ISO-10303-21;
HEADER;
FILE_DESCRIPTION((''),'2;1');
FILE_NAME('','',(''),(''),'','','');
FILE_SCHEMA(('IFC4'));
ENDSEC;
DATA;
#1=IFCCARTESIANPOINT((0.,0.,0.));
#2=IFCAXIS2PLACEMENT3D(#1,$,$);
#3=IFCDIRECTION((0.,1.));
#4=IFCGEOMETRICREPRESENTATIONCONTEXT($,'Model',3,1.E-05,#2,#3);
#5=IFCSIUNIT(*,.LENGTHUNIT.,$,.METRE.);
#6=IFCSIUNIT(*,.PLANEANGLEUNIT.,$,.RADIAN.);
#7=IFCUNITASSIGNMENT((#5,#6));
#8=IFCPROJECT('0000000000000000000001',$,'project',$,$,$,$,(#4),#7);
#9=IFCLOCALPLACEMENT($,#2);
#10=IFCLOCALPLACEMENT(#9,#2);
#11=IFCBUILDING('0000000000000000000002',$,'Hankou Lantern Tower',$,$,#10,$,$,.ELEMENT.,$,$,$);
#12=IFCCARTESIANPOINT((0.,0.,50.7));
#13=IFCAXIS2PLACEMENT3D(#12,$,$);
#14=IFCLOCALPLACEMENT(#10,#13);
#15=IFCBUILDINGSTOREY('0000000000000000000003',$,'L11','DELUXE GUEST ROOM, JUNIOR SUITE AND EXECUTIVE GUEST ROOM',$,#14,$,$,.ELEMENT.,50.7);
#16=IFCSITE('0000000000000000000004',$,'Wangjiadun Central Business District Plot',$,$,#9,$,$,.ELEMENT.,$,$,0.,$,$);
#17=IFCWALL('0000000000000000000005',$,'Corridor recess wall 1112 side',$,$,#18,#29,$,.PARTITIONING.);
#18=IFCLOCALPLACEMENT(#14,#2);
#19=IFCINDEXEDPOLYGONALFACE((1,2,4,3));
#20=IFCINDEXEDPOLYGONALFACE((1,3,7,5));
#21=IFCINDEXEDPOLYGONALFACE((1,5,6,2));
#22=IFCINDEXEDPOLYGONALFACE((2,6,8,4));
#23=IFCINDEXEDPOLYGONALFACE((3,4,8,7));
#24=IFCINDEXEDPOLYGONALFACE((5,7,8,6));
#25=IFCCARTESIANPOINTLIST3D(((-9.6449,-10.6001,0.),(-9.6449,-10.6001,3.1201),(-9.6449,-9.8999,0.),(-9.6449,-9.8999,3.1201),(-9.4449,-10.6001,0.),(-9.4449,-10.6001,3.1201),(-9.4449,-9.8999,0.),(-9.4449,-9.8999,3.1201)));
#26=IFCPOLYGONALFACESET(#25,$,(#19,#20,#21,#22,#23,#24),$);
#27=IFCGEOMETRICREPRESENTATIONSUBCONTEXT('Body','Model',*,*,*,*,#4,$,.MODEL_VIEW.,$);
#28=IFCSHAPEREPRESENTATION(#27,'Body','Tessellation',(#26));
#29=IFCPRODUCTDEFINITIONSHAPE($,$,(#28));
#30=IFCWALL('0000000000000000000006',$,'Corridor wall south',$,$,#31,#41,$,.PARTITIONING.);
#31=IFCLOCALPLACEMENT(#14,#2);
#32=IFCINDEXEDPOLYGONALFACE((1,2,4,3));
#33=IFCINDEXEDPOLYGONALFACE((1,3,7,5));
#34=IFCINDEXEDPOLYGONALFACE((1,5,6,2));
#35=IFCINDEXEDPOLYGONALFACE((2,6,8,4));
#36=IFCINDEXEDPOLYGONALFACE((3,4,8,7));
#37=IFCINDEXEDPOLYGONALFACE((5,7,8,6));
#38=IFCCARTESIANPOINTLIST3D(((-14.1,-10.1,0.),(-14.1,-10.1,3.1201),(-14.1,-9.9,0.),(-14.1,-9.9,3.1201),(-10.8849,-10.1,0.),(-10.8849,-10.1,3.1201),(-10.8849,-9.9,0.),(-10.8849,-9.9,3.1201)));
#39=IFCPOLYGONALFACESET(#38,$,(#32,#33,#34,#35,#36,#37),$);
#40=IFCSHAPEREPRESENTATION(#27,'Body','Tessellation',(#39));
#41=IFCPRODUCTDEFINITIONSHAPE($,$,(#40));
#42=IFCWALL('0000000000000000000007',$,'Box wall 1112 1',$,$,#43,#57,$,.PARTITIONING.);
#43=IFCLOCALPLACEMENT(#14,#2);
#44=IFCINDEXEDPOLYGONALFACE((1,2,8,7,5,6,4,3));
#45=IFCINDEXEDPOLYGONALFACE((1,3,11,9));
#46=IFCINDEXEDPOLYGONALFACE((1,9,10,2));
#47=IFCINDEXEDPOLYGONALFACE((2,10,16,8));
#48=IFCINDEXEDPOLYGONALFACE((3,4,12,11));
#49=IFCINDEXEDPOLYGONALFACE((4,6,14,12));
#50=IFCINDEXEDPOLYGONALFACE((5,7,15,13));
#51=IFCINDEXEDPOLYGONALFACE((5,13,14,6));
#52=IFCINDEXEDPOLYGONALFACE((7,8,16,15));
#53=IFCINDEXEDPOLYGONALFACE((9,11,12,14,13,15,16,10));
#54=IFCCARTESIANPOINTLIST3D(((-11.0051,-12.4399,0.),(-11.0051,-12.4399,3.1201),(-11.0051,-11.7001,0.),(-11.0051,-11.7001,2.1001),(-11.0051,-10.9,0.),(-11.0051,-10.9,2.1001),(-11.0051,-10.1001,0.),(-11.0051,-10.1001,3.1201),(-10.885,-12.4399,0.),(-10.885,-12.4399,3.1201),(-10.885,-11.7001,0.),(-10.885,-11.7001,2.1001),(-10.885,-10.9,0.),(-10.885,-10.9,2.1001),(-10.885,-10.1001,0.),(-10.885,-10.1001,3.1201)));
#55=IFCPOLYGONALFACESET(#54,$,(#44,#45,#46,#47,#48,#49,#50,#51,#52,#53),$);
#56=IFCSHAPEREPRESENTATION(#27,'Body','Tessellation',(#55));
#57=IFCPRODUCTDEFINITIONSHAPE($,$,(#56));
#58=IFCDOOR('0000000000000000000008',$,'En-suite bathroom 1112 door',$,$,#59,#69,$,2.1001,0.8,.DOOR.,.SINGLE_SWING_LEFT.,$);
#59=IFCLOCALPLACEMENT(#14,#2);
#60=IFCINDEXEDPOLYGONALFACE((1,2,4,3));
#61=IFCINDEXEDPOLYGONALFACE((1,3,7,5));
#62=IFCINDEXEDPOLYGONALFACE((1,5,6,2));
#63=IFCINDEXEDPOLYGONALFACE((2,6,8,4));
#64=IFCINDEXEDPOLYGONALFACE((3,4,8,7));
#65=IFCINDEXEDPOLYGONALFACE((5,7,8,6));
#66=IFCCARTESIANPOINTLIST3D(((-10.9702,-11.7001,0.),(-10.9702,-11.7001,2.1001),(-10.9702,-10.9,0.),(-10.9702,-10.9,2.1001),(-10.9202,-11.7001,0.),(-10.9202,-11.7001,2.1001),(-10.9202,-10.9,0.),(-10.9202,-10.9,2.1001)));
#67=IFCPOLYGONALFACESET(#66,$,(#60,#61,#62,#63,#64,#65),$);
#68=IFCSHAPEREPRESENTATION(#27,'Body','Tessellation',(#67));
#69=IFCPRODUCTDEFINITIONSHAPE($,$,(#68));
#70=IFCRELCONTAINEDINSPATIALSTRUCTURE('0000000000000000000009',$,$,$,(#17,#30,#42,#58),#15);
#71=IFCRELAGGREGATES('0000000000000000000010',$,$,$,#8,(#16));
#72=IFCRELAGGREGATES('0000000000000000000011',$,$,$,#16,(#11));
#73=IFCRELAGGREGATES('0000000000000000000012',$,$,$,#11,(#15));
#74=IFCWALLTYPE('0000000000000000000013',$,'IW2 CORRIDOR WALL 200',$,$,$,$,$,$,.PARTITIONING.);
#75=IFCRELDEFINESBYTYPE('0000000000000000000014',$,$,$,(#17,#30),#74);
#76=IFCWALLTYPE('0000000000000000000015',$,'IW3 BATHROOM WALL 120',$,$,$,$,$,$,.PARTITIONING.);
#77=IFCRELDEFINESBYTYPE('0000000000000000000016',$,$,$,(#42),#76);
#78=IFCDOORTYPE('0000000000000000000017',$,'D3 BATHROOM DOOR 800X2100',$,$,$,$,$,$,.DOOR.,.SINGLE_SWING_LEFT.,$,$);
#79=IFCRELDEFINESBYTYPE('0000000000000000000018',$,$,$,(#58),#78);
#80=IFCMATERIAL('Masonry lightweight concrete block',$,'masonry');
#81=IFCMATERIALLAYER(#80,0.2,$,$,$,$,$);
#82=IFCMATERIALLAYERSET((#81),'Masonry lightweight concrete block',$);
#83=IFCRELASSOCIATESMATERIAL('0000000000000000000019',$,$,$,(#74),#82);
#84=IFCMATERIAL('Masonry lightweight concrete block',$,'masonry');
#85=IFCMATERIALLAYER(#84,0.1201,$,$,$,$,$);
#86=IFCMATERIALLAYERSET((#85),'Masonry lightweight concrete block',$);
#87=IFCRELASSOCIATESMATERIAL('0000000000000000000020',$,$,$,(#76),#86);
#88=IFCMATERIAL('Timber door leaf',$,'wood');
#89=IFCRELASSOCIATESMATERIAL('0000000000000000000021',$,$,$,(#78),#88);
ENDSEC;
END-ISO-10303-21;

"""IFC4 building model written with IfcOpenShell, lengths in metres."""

from ifc_helpers import new_model, si_unit, direction, frame, frame_2d, origin, place, context, subcontext, project, spatial, rectangle, extrude, material, layer, layer_set, type_object, element, fill, save


model = new_model("IFC4")

# Units and contexts
model_context = context("Model", 3, precision=1e-05, world=origin(), true_north=direction((0.0, 1.0)))
body_context = subcontext(model_context, "Body", "Model", "MODEL_VIEW")
ifc_project = project(units=[si_unit("LENGTHUNIT", "METRE"), si_unit("PLANEANGLEUNIT", "RADIAN")], contexts=[model_context])

# Site, building, storey
site_placement = place(None, origin())
site = spatial("IfcSite", under=ifc_project, at=site_placement, Name="Wangjiadun Central Business District Plot", CompositionType="ELEMENT", RefElevation=0.0)
building_placement = place(site_placement, origin())
building = spatial("IfcBuilding", under=site, at=building_placement, Name="Hankou Lantern Tower", CompositionType="ELEMENT")
storey_placement = place(building_placement, frame((0.0, 0.0, 50.7)))
storey = spatial("IfcBuildingStorey", under=building, at=storey_placement, Name="L11", Description="DELUXE GUEST ROOM, JUNIOR SUITE AND EXECUTIVE GUEST ROOM", CompositionType="ELEMENT", Elevation=50.7)

# Shared definitions
ifc_material_1 = material(Name="Masonry lightweight concrete block", Category="masonry")
ifc_layer_1 = layer(ifc_material_1, 0.2)
ifc_layer_set_1 = layer_set([ifc_layer_1], Name="Masonry lightweight concrete block")
wall_type_1 = type_object("IfcWallType", Name="IW2 CORRIDOR WALL 200", PredefinedType="PARTITIONING", material=ifc_layer_set_1)

# Walls
wall_1_placement = place(storey_placement, frame((-9.5449, -9.8999, 0.0), z_axis=(0.0, 0.0, 1.0), x_axis=(0.0, -1.0, 0.0)))
element("IfcWall", 1, at=wall_1_placement, inside=storey, type_object=wall_type_1, Name="Corridor recess wall 1112 side", PredefinedType="PARTITIONING", context=body_context, shape_type="SweptSolid", body=[
    extrude(rectangle(XDim=0.7002, YDim=0.2, at=frame_2d((0.3501, 0.0))), origin(), (0.0, 0.0, 1.0), 3.1201),
])
wall_2_placement = place(storey_placement, frame((-10.885, -10.0, 0.0), z_axis=(0.0, 0.0, 1.0), x_axis=(-1.0, 0.0, 0.0)))
element("IfcWall", 2, at=wall_2_placement, inside=storey, type_object=wall_type_1, Name="Corridor wall south", PredefinedType="PARTITIONING", context=body_context, shape_type="SweptSolid", body=[
    extrude(rectangle(XDim=3.2151, YDim=0.2, at=frame_2d((1.6074, 0.0))), origin(), (0.0, 0.0, 1.0), 3.1201),
])

# Wall, opening, door
ifc_material_2 = material(Name="Masonry lightweight concrete block", Category="masonry")
ifc_layer_2 = layer(ifc_material_2, 0.1201)
ifc_layer_set_2 = layer_set([ifc_layer_2], Name="Masonry lightweight concrete block")
wall_type_2 = type_object("IfcWallType", Name="IW3 BATHROOM WALL 120", PredefinedType="PARTITIONING", material=ifc_layer_set_2)
wall_3_placement = place(storey_placement, frame((-10.9451, -10.1001, 0.0), z_axis=(0.0, 0.0, 1.0), x_axis=(0.0, -1.0, 0.0)))
wall_3 = element("IfcWall", 3, at=wall_3_placement, inside=storey, type_object=wall_type_2, Name="Box wall 1112 1", PredefinedType="PARTITIONING", context=body_context, shape_type="SweptSolid", body=[
    extrude(rectangle(XDim=2.3398, YDim=0.1201, at=frame_2d((1.1699, 0.0))), origin(), (0.0, 0.0, 1.0), 3.1201),
])
opening_1_placement = place(wall_3_placement, frame((0.8, 0.0, 0.0)))
opening_1 = element("IfcOpeningElement", 4, at=opening_1_placement, cuts=wall_3, PredefinedType="OPENING", context=body_context, shape_type="SweptSolid", body=[
    extrude(rectangle(XDim=0.8, YDim=2.1001, at=frame_2d((0.3999, 1.05))), frame((0.0, 0.0701, 0.0), z_axis=(0.0, -1.0, 0.0), x_axis=(1.0, 0.0, 0.0)), (0.0, 0.0, 1.0), 0.1401),
])
ifc_material_3 = material(Name="Timber door leaf", Category="wood")
door_type_1 = type_object("IfcDoorType", Name="D3 BATHROOM DOOR 800X2100", OperationType="SINGLE_SWING_LEFT", PredefinedType="DOOR", material=ifc_material_3)
door_1_placement = place(opening_1_placement, origin())
door_1 = element("IfcDoor", 5, at=door_1_placement, inside=storey, type_object=door_type_1, Name="En-suite bathroom 1112 door", OperationType="SINGLE_SWING_LEFT", OverallHeight=2.1001, OverallWidth=0.8, PredefinedType="DOOR", context=body_context, shape_type="SweptSolid", body=[
    extrude(rectangle(XDim=0.8, YDim=2.1001, at=frame_2d((0.3999, 1.05))), frame((0.0, 0.0249, 0.0), z_axis=(0.0, -1.0, 0.0), x_axis=(1.0, 0.0, 0.0)), (0.0, 0.0, 1.0), 0.05),
])
fill(opening_1, door_1)

save(model, "model.ifc")
